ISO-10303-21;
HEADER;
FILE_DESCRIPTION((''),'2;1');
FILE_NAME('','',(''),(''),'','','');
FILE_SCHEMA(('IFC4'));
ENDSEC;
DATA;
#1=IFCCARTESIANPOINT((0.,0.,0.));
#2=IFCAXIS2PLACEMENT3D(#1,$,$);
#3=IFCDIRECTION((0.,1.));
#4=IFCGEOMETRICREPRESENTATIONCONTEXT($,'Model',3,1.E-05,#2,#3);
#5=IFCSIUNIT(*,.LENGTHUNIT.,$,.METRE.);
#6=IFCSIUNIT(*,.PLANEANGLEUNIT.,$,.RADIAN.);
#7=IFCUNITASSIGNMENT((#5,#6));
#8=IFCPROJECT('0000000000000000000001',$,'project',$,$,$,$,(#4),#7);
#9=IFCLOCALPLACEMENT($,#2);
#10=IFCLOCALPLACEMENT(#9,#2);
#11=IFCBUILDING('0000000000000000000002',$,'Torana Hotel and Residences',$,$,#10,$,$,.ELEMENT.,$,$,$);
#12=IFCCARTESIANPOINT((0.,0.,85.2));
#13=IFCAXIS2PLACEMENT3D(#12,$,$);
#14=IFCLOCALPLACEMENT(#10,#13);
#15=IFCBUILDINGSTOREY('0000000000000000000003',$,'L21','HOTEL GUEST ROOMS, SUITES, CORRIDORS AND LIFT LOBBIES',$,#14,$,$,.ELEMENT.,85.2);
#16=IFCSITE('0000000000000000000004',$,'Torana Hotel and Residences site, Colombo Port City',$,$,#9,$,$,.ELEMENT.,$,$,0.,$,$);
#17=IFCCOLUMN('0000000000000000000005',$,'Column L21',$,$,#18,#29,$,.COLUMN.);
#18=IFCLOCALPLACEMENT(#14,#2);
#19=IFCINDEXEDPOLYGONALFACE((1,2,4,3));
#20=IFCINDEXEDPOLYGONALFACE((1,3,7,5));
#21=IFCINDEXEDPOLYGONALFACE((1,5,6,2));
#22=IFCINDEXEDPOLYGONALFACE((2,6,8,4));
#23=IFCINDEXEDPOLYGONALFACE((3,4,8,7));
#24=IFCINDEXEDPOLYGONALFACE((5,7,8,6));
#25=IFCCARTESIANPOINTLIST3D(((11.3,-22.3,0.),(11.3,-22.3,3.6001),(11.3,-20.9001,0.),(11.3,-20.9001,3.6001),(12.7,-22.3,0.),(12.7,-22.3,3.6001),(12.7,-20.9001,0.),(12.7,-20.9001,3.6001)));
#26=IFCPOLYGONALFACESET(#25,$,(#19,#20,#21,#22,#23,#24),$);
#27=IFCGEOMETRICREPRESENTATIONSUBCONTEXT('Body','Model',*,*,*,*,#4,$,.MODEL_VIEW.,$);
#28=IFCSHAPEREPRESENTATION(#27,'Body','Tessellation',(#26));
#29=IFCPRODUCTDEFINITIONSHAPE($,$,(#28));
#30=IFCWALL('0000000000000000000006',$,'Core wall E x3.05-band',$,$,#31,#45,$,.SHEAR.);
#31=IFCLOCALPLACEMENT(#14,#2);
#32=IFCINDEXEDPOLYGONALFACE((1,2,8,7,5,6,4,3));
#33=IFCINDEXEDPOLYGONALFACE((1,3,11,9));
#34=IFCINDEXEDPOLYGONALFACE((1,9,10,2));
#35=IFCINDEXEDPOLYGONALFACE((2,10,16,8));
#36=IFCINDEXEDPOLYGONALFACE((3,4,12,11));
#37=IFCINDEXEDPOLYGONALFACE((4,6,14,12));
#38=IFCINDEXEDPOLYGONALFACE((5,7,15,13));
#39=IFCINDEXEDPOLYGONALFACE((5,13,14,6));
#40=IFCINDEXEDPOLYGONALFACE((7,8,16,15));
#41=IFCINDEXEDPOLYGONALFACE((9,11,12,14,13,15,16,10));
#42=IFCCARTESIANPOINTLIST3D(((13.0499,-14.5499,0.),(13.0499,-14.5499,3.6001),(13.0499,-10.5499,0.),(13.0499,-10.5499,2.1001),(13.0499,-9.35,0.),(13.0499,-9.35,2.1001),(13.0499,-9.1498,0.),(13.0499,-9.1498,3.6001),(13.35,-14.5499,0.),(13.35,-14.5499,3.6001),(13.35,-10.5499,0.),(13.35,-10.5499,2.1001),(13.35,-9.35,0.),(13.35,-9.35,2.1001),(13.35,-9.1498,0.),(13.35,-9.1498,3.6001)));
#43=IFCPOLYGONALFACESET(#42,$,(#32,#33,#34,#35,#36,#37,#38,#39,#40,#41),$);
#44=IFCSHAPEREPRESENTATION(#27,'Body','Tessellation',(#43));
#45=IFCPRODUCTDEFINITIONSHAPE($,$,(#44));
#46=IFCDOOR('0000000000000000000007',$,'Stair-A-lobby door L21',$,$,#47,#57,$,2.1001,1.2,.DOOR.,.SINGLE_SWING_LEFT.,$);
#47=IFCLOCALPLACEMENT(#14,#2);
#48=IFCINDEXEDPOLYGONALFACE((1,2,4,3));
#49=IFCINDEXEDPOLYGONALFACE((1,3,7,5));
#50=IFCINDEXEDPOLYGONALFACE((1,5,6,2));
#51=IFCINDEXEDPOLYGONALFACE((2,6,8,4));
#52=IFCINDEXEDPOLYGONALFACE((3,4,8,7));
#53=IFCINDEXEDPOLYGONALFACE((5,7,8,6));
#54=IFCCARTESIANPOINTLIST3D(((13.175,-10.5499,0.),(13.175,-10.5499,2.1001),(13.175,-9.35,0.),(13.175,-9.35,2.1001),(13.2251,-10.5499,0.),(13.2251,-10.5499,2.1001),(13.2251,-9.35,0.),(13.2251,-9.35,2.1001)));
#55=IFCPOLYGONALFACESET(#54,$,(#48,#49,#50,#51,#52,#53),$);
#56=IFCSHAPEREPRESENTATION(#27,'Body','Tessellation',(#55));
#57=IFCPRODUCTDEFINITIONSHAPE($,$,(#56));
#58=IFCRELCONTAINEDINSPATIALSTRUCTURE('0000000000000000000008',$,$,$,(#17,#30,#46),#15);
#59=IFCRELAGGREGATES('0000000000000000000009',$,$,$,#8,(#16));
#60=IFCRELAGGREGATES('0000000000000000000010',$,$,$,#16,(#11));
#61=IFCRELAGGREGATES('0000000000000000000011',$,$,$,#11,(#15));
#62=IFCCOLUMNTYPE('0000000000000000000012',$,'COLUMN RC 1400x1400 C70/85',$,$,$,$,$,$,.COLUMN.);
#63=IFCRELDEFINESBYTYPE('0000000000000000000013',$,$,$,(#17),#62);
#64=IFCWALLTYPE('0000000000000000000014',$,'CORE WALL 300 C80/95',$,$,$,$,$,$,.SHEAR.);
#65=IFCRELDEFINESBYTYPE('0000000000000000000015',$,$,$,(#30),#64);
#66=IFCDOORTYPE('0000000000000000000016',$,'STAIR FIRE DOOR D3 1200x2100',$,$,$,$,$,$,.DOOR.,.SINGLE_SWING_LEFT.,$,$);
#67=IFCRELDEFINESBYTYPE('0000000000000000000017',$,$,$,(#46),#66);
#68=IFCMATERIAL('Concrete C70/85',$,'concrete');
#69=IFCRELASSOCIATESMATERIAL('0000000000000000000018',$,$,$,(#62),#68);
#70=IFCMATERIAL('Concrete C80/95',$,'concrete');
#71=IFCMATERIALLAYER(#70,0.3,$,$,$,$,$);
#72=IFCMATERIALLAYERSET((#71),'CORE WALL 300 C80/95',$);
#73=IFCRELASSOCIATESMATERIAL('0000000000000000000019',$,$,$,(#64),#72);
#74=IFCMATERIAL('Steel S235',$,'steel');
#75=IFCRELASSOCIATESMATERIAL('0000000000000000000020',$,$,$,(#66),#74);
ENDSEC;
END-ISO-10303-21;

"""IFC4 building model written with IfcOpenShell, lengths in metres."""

from ifc_helpers import new_model, si_unit, direction, frame, frame_2d, origin, origin_2d, place, context, subcontext, project, spatial, rectangle, extrude, material, layer, layer_set, material_profile, profile_set, type_object, element, fill, save


model = new_model("IFC4")

# Units and contexts
model_context = context("Model", 3, precision=1e-05, world=origin(), true_north=direction((0.0, 1.0)))
body_context = subcontext(model_context, "Body", "Model", "MODEL_VIEW")
ifc_project = project(units=[si_unit("LENGTHUNIT", "METRE"), si_unit("PLANEANGLEUNIT", "RADIAN")], contexts=[model_context])

# Site, building, storey
site_placement = place(None, origin())
site = spatial("IfcSite", under=ifc_project, at=site_placement, Name="Torana Hotel and Residences site, Colombo Port City", CompositionType="ELEMENT", RefElevation=0.0)
building_placement = place(site_placement, origin())
building = spatial("IfcBuilding", under=site, at=building_placement, Name="Torana Hotel and Residences", CompositionType="ELEMENT")
storey_placement = place(building_placement, frame((0.0, 0.0, 85.2)))
storey = spatial("IfcBuildingStorey", under=building, at=storey_placement, Name="L21", Description="HOTEL GUEST ROOMS, SUITES, CORRIDORS AND LIFT LOBBIES", CompositionType="ELEMENT", Elevation=85.2)

# Column
ifc_material_1 = material(Name="Concrete C70/85", Category="concrete")
ifc_material_profile = material_profile(ifc_material_1, rectangle(XDim=1.3999, YDim=1.3999, at=origin_2d()), Name="RC 1400x1400")
ifc_profile_set = profile_set([ifc_material_profile], Name="Concrete C70/85")
column_type = type_object("IfcColumnType", Name="COLUMN RC 1400x1400 C70/85", PredefinedType="COLUMN", material=ifc_profile_set)
column_placement = place(storey_placement, frame((12.0, -21.6001, 0.0), z_axis=(0.0, 0.0, 1.0), x_axis=(1.0, 0.0, 0.0)))
element("IfcColumn", 1, at=column_placement, inside=storey, type_object=column_type, Name="Column L21", PredefinedType="COLUMN", context=body_context, shape_type="SweptSolid", body=[
    extrude(rectangle(XDim=1.3999, YDim=1.3999, at=origin_2d()), origin(), (0.0, 0.0, 1.0), 3.6001),
])

# Wall, opening, door
ifc_material_2 = material(Name="Concrete C80/95", Category="concrete")
ifc_layer_1 = layer(ifc_material_2, 0.3)
ifc_layer_set_1 = layer_set([ifc_layer_1], Name="CORE WALL 300 C80/95")
wall_type_1 = type_object("IfcWallType", Name="CORE WALL 300 C80/95", PredefinedType="SHEAR", material=ifc_layer_set_1)
wall_1_placement = place(storey_placement, frame((13.2, -14.55, 0.0), z_axis=(0.0, 0.0, 1.0), x_axis=(0.0, 1.0, 0.0)))
wall_1 = element("IfcWall", 2, at=wall_1_placement, inside=storey, type_object=wall_type_1, Name="Core wall E x3.05-band", PredefinedType="SHEAR", context=body_context, shape_type="SweptSolid", body=[
    extrude(rectangle(XDim=5.4001, YDim=0.3, at=frame_2d((2.7002, 0.0))), origin(), (0.0, 0.0, 1.0), 3.6001),
])
opening_1_placement = place(wall_1_placement, frame((4.0, 0.0, 0.0)))
opening_1 = element("IfcOpeningElement", 3, at=opening_1_placement, cuts=wall_1, PredefinedType="OPENING", context=body_context, shape_type="SweptSolid", body=[
    extrude(rectangle(XDim=1.2, YDim=2.1001, at=frame_2d((0.6001, 1.05))), frame((0.0, 0.1599, 0.0), z_axis=(0.0, -1.0, 0.0), x_axis=(1.0, 0.0, 0.0)), (0.0, 0.0, 1.0), 0.3201),
])
ifc_material_3 = material(Name="Steel S235", Category="steel")
door_type_1 = type_object("IfcDoorType", Name="STAIR FIRE DOOR D3 1200x2100", OperationType="SINGLE_SWING_LEFT", PredefinedType="DOOR", material=ifc_material_3)
door_1_placement = place(opening_1_placement, origin())
door_1 = element("IfcDoor", 4, at=door_1_placement, inside=storey, type_object=door_type_1, Name="Stair-A-lobby door L21", OperationType="SINGLE_SWING_LEFT", OverallHeight=2.1001, OverallWidth=1.2, PredefinedType="DOOR", context=body_context, shape_type="SweptSolid", body=[
    extrude(rectangle(XDim=1.2, YDim=2.1001, at=frame_2d((0.6001, 1.05))), frame((0.0, 0.0249, 0.0), z_axis=(0.0, -1.0, 0.0), x_axis=(1.0, 0.0, 0.0)), (0.0, 0.0, 1.0), 0.05),
])
fill(opening_1, door_1)

save(model, "model.ifc")
